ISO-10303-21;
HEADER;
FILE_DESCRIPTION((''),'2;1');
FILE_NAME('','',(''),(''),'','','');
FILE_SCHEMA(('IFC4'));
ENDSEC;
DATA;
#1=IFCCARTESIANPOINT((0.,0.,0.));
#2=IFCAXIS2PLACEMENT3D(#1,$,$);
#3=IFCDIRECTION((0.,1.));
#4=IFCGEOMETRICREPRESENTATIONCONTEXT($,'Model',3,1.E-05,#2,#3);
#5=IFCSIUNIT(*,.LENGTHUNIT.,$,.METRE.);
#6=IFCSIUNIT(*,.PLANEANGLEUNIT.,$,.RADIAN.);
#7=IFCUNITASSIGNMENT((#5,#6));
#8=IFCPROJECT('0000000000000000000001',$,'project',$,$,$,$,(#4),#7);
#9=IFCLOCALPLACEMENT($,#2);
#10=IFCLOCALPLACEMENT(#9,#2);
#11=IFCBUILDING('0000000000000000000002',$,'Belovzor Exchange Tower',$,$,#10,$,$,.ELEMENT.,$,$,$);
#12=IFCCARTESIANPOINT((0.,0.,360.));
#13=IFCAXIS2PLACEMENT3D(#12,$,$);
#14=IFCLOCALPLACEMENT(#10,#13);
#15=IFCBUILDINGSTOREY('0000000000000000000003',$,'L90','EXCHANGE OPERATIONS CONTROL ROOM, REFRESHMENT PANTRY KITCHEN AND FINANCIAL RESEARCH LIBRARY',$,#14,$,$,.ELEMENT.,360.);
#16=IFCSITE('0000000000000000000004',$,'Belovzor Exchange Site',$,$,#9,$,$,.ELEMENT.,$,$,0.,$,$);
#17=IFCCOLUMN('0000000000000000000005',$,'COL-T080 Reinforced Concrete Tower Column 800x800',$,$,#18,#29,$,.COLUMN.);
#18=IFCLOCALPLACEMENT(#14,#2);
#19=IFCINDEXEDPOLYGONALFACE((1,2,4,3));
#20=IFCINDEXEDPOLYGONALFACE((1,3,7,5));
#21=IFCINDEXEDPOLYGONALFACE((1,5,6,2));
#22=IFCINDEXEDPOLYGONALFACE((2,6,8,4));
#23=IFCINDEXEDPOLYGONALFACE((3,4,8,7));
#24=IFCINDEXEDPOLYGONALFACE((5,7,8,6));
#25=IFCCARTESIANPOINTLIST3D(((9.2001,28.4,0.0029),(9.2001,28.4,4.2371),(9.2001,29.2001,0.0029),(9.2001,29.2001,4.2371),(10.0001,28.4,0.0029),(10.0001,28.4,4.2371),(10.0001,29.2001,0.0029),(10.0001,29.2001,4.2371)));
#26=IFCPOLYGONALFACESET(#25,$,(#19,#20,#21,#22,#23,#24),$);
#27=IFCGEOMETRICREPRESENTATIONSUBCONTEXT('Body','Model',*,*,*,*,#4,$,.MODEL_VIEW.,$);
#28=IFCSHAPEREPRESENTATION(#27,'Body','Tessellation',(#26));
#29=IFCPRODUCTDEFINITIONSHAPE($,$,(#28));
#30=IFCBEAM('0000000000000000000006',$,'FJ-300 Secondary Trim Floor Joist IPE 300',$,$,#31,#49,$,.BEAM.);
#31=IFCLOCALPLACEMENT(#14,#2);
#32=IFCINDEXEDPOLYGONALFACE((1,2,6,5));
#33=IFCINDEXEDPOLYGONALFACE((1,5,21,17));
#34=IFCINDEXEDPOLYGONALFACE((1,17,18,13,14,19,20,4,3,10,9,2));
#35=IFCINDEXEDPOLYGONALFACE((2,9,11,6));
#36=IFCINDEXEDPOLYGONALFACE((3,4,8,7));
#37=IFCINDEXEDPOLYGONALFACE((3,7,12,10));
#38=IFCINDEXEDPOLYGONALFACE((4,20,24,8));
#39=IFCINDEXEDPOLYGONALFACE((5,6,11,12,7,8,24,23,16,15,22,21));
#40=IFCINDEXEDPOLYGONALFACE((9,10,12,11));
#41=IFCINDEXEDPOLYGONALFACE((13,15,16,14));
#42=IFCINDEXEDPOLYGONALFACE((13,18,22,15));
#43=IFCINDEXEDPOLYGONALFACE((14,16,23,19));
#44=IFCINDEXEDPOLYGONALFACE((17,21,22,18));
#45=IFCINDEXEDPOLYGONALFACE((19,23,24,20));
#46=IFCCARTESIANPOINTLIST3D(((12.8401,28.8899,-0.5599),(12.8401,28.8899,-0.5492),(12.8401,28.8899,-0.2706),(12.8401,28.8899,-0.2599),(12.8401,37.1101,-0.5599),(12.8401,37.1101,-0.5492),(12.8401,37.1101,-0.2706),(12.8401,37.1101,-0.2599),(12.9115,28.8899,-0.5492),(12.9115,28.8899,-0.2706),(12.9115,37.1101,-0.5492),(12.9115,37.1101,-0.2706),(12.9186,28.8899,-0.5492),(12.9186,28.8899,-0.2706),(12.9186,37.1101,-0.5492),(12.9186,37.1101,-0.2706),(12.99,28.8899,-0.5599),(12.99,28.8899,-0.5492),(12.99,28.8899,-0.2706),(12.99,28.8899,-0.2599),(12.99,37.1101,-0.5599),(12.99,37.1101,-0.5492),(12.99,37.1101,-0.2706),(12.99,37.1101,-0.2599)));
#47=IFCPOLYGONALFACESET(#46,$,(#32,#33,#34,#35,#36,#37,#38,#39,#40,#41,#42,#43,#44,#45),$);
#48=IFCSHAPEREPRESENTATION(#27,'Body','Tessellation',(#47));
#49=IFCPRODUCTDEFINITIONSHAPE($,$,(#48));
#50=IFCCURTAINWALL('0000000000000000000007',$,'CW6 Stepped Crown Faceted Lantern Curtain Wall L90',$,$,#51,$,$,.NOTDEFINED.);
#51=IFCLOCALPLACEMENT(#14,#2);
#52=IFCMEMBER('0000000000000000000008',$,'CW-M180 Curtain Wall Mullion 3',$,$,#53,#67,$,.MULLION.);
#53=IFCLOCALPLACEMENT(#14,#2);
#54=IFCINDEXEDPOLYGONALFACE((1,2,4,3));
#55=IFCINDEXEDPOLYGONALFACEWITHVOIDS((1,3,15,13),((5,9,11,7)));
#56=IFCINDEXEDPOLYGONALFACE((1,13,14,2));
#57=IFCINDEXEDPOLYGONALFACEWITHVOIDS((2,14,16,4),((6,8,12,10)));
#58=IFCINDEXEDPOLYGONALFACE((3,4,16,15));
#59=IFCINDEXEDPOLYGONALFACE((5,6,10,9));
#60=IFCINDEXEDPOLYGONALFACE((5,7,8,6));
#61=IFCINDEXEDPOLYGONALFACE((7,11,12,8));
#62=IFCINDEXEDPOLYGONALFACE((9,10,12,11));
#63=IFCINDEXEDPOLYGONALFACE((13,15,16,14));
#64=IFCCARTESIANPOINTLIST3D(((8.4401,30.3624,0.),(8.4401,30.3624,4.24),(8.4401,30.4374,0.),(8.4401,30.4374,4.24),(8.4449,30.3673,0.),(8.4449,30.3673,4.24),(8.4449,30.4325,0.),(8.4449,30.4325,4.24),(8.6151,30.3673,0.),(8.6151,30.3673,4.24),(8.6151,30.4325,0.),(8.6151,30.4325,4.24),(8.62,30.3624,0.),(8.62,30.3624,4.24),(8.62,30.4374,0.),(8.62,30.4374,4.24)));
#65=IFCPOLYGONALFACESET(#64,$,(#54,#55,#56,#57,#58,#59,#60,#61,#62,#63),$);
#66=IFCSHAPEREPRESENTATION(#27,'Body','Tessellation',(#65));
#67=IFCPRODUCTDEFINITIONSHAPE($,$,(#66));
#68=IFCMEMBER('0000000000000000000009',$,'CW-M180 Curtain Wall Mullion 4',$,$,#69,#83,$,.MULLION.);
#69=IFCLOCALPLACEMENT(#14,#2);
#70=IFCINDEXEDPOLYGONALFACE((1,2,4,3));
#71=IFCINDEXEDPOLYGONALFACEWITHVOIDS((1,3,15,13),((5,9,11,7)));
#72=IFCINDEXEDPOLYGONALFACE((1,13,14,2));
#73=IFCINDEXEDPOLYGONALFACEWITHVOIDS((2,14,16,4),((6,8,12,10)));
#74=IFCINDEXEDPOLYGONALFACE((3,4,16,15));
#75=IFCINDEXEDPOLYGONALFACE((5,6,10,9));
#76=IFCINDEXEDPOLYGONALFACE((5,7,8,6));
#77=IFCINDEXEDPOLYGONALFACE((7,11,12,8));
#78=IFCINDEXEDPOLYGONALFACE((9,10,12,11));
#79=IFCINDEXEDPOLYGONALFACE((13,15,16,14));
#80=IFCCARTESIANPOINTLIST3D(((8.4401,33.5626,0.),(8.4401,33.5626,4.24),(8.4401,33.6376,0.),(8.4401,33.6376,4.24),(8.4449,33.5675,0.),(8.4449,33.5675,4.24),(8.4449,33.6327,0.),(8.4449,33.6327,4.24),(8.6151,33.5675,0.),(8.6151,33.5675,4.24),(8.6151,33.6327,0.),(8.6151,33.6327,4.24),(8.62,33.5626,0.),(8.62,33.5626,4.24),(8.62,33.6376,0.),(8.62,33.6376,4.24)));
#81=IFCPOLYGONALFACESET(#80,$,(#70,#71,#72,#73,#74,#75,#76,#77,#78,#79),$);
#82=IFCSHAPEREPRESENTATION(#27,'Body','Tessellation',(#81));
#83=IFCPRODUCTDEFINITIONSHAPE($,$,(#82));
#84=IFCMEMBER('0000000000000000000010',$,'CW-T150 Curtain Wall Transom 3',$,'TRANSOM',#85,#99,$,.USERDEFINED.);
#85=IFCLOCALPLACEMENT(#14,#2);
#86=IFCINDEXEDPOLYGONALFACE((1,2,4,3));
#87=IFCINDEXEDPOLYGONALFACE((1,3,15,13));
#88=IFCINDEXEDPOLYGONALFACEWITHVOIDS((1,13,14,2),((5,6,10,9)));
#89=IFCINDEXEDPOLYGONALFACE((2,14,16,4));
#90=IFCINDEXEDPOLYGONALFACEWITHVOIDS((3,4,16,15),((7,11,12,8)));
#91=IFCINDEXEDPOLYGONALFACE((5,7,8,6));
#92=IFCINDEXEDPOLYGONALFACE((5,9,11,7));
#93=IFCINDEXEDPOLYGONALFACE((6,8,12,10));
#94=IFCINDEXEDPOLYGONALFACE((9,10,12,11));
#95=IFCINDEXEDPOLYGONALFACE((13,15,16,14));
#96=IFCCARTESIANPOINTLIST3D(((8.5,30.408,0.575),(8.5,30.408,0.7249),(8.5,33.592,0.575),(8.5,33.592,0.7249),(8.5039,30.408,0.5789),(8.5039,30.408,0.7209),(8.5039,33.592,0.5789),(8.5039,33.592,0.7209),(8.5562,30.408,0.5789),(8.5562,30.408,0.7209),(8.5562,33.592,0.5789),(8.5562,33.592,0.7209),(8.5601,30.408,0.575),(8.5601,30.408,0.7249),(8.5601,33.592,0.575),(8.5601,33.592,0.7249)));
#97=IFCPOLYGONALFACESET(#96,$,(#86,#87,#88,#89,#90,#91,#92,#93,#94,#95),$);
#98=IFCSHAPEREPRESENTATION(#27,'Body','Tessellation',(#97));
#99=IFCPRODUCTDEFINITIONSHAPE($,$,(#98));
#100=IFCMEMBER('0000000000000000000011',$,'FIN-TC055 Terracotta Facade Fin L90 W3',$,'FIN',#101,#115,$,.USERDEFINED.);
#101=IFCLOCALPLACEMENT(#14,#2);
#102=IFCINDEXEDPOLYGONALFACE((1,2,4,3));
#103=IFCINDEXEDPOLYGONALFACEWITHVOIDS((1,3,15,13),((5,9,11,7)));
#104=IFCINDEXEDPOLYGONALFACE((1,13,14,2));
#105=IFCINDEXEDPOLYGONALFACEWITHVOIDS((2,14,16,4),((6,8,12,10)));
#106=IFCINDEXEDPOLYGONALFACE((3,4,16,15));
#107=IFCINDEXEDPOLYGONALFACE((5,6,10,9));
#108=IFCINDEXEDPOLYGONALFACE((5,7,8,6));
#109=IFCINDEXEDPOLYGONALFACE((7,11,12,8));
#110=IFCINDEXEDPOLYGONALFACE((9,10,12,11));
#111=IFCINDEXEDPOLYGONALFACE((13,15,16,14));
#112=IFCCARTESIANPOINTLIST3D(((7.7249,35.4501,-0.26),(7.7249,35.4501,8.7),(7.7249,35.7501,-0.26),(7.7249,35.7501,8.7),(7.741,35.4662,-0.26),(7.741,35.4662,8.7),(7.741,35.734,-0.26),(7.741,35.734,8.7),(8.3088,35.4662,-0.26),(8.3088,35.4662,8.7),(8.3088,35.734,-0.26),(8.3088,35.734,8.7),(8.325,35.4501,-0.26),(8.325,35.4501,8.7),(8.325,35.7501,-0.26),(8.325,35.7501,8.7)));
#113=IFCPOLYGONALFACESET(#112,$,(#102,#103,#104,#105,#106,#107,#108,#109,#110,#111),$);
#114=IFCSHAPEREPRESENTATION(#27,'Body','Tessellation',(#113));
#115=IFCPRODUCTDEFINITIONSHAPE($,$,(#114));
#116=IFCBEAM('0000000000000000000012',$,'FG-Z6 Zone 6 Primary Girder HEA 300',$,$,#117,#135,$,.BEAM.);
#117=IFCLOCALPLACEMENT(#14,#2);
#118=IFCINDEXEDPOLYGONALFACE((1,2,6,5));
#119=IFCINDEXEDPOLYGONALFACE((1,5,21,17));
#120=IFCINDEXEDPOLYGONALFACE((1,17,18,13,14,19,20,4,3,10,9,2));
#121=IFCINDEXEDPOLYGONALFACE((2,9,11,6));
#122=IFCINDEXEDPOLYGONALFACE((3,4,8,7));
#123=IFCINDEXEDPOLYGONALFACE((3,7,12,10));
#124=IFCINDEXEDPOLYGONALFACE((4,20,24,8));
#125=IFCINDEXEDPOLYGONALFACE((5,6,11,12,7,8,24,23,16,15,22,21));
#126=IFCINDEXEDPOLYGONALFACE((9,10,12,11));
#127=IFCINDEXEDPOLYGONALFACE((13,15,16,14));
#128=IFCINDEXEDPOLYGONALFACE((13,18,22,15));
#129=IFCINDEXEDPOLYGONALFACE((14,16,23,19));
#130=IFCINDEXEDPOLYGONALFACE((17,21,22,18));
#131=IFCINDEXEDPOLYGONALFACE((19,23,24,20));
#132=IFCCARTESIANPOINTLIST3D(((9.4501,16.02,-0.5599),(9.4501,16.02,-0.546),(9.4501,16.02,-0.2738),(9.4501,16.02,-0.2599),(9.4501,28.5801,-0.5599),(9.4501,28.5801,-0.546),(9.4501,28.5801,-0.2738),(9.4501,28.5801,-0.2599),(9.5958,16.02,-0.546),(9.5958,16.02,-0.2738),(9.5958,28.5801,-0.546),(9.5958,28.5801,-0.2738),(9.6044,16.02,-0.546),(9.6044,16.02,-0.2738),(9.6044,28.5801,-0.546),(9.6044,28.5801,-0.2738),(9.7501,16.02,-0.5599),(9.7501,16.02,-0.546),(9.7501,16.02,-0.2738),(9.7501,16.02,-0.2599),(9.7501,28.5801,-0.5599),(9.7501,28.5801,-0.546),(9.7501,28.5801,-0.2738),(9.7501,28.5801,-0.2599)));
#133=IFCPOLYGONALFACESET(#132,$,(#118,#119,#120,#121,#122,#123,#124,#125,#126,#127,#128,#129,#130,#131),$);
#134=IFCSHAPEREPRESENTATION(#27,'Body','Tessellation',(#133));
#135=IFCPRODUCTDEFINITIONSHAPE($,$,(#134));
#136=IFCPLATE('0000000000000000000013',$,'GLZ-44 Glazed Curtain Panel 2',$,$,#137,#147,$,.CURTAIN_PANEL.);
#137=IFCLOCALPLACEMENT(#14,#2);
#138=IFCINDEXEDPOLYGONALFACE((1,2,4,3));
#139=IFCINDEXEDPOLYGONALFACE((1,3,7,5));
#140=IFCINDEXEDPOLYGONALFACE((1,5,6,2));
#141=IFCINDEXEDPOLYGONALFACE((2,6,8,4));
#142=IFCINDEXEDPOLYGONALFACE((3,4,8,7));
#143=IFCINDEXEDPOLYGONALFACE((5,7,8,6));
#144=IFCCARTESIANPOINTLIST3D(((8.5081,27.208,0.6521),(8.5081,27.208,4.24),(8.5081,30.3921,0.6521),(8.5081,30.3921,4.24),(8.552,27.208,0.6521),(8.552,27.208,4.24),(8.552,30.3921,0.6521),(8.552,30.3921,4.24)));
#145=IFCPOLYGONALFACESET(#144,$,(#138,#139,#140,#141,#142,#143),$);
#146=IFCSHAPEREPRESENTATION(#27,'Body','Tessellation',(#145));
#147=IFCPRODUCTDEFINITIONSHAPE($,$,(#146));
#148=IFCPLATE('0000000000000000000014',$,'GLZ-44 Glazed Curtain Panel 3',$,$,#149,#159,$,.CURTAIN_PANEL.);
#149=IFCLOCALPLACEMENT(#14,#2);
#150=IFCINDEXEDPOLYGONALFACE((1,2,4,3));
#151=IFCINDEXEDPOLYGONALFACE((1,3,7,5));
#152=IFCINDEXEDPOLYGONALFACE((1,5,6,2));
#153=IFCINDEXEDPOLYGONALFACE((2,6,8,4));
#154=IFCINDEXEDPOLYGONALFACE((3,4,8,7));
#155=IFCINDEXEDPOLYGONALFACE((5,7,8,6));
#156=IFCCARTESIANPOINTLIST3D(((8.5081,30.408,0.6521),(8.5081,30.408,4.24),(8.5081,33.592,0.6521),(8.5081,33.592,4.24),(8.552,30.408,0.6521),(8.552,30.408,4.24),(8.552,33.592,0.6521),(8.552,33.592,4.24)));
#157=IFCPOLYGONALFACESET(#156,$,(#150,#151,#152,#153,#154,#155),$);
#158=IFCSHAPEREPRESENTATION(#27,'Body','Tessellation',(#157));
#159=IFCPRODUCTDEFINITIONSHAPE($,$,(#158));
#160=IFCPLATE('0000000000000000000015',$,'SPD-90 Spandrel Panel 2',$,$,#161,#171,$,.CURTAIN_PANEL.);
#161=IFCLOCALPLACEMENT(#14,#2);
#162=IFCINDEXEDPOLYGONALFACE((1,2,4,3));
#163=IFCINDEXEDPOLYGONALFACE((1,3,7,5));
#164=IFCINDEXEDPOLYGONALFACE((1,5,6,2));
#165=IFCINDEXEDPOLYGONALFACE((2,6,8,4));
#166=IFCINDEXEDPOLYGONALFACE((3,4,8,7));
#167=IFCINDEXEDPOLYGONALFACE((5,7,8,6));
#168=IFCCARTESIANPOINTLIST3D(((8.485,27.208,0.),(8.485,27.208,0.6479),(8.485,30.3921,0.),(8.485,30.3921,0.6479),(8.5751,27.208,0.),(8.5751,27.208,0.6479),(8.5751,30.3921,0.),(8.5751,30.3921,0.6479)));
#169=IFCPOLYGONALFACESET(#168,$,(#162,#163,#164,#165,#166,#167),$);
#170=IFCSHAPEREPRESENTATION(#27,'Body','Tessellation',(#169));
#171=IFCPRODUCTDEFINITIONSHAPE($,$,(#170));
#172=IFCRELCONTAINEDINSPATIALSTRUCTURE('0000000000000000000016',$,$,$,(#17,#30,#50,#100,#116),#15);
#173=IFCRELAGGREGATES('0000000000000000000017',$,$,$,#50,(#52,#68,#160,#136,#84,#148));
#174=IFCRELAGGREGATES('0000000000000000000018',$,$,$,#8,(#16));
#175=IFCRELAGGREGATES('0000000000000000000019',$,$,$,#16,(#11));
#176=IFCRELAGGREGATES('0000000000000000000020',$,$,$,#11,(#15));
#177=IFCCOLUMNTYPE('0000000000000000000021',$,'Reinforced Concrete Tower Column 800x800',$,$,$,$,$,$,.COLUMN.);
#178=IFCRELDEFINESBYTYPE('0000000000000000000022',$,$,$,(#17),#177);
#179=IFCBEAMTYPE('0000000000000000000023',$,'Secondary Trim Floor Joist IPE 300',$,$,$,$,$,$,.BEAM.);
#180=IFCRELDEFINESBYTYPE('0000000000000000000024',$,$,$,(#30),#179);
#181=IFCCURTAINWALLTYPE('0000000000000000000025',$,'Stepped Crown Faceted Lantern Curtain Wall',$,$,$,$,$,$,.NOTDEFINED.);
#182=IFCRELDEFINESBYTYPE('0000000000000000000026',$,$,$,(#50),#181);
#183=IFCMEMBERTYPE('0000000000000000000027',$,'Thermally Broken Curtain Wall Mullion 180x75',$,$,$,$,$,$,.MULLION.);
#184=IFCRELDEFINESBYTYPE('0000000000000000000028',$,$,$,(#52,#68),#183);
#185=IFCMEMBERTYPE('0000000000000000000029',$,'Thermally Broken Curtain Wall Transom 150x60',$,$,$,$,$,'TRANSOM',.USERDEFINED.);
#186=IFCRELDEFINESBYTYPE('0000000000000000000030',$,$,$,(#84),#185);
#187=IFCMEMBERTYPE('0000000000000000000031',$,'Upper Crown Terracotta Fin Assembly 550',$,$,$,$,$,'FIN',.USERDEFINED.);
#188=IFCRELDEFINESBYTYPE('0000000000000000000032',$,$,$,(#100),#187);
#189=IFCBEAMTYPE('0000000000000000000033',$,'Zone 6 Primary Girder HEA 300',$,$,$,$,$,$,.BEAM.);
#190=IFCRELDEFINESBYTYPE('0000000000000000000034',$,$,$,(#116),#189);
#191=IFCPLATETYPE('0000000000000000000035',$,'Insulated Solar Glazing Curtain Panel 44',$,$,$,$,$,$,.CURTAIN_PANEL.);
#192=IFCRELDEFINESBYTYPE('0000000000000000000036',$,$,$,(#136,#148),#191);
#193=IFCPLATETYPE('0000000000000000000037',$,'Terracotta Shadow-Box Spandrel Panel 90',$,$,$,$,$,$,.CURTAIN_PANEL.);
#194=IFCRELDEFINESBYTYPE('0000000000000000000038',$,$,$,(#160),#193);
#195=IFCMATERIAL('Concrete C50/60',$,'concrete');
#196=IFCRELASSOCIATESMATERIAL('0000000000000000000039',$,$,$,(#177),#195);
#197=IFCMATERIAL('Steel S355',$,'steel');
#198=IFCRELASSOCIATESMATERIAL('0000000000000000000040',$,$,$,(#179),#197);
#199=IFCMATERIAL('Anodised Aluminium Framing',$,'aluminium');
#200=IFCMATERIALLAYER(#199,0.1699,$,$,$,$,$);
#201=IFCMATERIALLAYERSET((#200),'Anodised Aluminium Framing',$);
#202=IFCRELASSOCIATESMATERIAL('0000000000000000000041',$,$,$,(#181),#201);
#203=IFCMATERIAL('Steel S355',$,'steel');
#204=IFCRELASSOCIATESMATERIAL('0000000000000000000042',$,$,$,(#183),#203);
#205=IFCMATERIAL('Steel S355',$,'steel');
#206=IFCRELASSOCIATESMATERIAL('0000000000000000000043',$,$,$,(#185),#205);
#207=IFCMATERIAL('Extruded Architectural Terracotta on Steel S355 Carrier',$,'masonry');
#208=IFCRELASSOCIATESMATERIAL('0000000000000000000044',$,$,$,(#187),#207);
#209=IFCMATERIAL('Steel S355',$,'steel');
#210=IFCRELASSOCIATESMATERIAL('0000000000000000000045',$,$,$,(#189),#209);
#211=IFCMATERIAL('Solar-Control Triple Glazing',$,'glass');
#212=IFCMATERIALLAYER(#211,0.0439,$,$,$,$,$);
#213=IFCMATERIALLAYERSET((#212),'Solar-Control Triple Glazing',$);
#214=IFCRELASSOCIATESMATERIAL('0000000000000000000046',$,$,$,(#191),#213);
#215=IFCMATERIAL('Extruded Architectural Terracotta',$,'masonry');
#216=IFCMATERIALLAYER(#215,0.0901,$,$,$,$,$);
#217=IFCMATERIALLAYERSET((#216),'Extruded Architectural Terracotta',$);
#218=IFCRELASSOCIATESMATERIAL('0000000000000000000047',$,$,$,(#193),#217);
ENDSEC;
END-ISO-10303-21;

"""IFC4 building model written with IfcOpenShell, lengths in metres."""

from ifc_helpers import new_model, si_unit, direction, frame, origin, origin_2d, place, context, subcontext, project, spatial, rectangle, hollow_rectangle, i_section, extrude, material, layer, layer_set, material_profile, profile_set, type_object, element, aggregate, save


model = new_model("IFC4")

# Units and contexts
model_context = context("Model", 3, precision=1e-05, world=origin(), true_north=direction((0.0, 1.0)))
body_context = subcontext(model_context, "Body", "Model", "MODEL_VIEW")
ifc_project = project(units=[si_unit("LENGTHUNIT", "METRE"), si_unit("PLANEANGLEUNIT", "RADIAN")], contexts=[model_context])

# Site, building, storey
site_placement = place(None, origin())
site = spatial("IfcSite", under=ifc_project, at=site_placement, Name="Belovzor Exchange Site", CompositionType="ELEMENT", RefElevation=0.0)
building_placement = place(site_placement, origin())
building = spatial("IfcBuilding", under=site, at=building_placement, Name="Belovzor Exchange Tower", CompositionType="ELEMENT")
storey_placement = place(building_placement, frame((0.0, 0.0, 360.0)))
storey = spatial("IfcBuildingStorey", under=building, at=storey_placement, Name="L90", Description="EXCHANGE OPERATIONS CONTROL ROOM, REFRESHMENT PANTRY KITCHEN AND FINANCIAL RESEARCH LIBRARY", CompositionType="ELEMENT", Elevation=360.0)

# Column
ifc_material_1 = material(Name="Concrete C50/60", Category="concrete")
ifc_material_profile_1 = material_profile(ifc_material_1, rectangle(XDim=0.8, YDim=0.8, at=origin_2d()))
ifc_profile_set_1 = profile_set([ifc_material_profile_1], Name="Concrete C50/60")
column_type = type_object("IfcColumnType", Name="Reinforced Concrete Tower Column 800x800", PredefinedType="COLUMN", material=ifc_profile_set_1)
column_placement = place(storey_placement, frame((9.6001, 28.8, 0.0029), z_axis=(0.0, 0.0, 1.0), x_axis=(1.0, 0.0, 0.0)))
element("IfcColumn", 1, at=column_placement, inside=storey, type_object=column_type, Name="COL-T080 Reinforced Concrete Tower Column 800x800", PredefinedType="COLUMN", context=body_context, shape_type="SweptSolid", body=[
    extrude(rectangle(XDim=0.8, YDim=0.8, at=origin_2d()), origin(), (0.0, 0.0, 1.0), 4.2341),
])

# Beam
ifc_material_2 = material(Name="Steel S355", Category="steel")
ifc_material_profile_2 = material_profile(ifc_material_2, i_section(OverallWidth=0.1499, OverallDepth=0.3, WebThickness=0.0071, FlangeThickness=0.0107, at=origin_2d()))
ifc_profile_set_2 = profile_set([ifc_material_profile_2], Name="Steel S355")
beam_type_1 = type_object("IfcBeamType", Name="Secondary Trim Floor Joist IPE 300", PredefinedType="BEAM", material=ifc_profile_set_2)
beam_1_placement = place(storey_placement, frame((12.915, 28.8899, -0.4099), z_axis=(0.0, 1.0, 0.0), x_axis=(-1.0, 0.0, 0.0)))
element("IfcBeam", 2, at=beam_1_placement, inside=storey, type_object=beam_type_1, Name="FJ-300 Secondary Trim Floor Joist IPE 300", PredefinedType="BEAM", context=body_context, shape_type="SweptSolid", body=[
    extrude(i_section(OverallWidth=0.1499, OverallDepth=0.3, WebThickness=0.0071, FlangeThickness=0.0107, at=origin_2d()), origin(), (0.0, 0.0, 1.0), 8.2202),
])

# Curtain wall, members
ifc_material_3 = material(Name="Anodised Aluminium Framing", Category="aluminium")
ifc_layer_1 = layer(ifc_material_3, 0.1699)
ifc_layer_set_1 = layer_set([ifc_layer_1], Name="Anodised Aluminium Framing")
curtain_wall_type = type_object("IfcCurtainWallType", Name="Stepped Crown Faceted Lantern Curtain Wall", PredefinedType="NOTDEFINED", material=ifc_layer_set_1)
curtain_wall_placement = place(storey_placement, origin())
curtain_wall = element("IfcCurtainWall", 3, at=curtain_wall_placement, inside=storey, type_object=curtain_wall_type, Name="CW6 Stepped Crown Faceted Lantern Curtain Wall L90", PredefinedType="NOTDEFINED")
ifc_material_4 = material(Name="Steel S355", Category="steel")
ifc_material_profile_3 = material_profile(ifc_material_4, hollow_rectangle(XDim=0.075, YDim=0.1799, WallThickness=0.0049, at=origin_2d()))
ifc_profile_set_3 = profile_set([ifc_material_profile_3], Name="Steel S355")
member_type_1 = type_object("IfcMemberType", Name="Thermally Broken Curtain Wall Mullion 180x75", PredefinedType="MULLION", material=ifc_profile_set_3)
member_1_placement = place(storey_placement, frame((8.53, 30.3999, 0.0), z_axis=(0.0, 0.0, 1.0), x_axis=(0.0, 1.0, 0.0)))
member_1 = element("IfcMember", 4, at=member_1_placement, type_object=member_type_1, Name="CW-M180 Curtain Wall Mullion 3", PredefinedType="MULLION", context=body_context, shape_type="SweptSolid", body=[
    extrude(hollow_rectangle(XDim=0.075, YDim=0.1799, WallThickness=0.0049, at=origin_2d()), origin(), (0.0, 0.0, 1.0), 4.24),
])
member_2_placement = place(storey_placement, frame((8.53, 33.6001, 0.0), z_axis=(0.0, 0.0, 1.0), x_axis=(0.0, 1.0, 0.0)))
member_2 = element("IfcMember", 5, at=member_2_placement, type_object=member_type_1, Name="CW-M180 Curtain Wall Mullion 4", PredefinedType="MULLION", context=body_context, shape_type="SweptSolid", body=[
    extrude(hollow_rectangle(XDim=0.075, YDim=0.1799, WallThickness=0.0049, at=origin_2d()), origin(), (0.0, 0.0, 1.0), 4.24),
])
ifc_material_5 = material(Name="Steel S355", Category="steel")
ifc_material_profile_4 = material_profile(ifc_material_5, hollow_rectangle(XDim=0.0601, YDim=0.1499, WallThickness=0.0039, at=origin_2d()))
ifc_profile_set_4 = profile_set([ifc_material_profile_4], Name="Steel S355")
member_type_2 = type_object("IfcMemberType", Name="Thermally Broken Curtain Wall Transom 150x60", ElementType="TRANSOM", PredefinedType="USERDEFINED", material=ifc_profile_set_4)
member_3_placement = place(storey_placement, frame((8.53, 30.408, 0.6499), z_axis=(0.0, 1.0, 0.0), x_axis=(-1.0, 0.0, 0.0)))
member_3 = element("IfcMember", 6, at=member_3_placement, type_object=member_type_2, Name="CW-T150 Curtain Wall Transom 3", ObjectType="TRANSOM", PredefinedType="USERDEFINED", context=body_context, shape_type="SweptSolid", body=[
    extrude(hollow_rectangle(XDim=0.0601, YDim=0.1499, WallThickness=0.0039, at=origin_2d()), origin(), (0.0, 0.0, 1.0), 3.1841),
])

# Member
ifc_material_6 = material(Name="Extruded Architectural Terracotta on Steel S355 Carrier", Category="masonry")
ifc_material_profile_5 = material_profile(ifc_material_6, hollow_rectangle(XDim=0.3, YDim=0.6001, WallThickness=0.0161, at=origin_2d()))
ifc_profile_set_5 = profile_set([ifc_material_profile_5], Name="Extruded Architectural Terracotta on Steel S355 Carrier")
member_type_3 = type_object("IfcMemberType", Name="Upper Crown Terracotta Fin Assembly 550", ElementType="FIN", PredefinedType="USERDEFINED", material=ifc_profile_set_5)
member_4_placement = place(storey_placement, frame((8.0249, 35.6001, -0.26), z_axis=(0.0, 0.0, 1.0), x_axis=(0.0, 1.0, 0.0)))
element("IfcMember", 7, at=member_4_placement, inside=storey, type_object=member_type_3, Name="FIN-TC055 Terracotta Facade Fin L90 W3", ObjectType="FIN", PredefinedType="USERDEFINED", context=body_context, shape_type="SweptSolid", body=[
    extrude(hollow_rectangle(XDim=0.3, YDim=0.6001, WallThickness=0.0161, at=origin_2d()), origin(), (0.0, 0.0, 1.0), 8.96),
])

# Beam
ifc_material_7 = material(Name="Steel S355", Category="steel")
ifc_material_profile_6 = material_profile(ifc_material_7, i_section(OverallWidth=0.3, OverallDepth=0.3, WebThickness=0.0085, FlangeThickness=0.0139, at=origin_2d()))
ifc_profile_set_6 = profile_set([ifc_material_profile_6], Name="Steel S355")
beam_type_2 = type_object("IfcBeamType", Name="Zone 6 Primary Girder HEA 300", PredefinedType="BEAM", material=ifc_profile_set_6)
beam_2_placement = place(storey_placement, frame((9.6001, 28.5801, -0.4099), z_axis=(0.0, -1.0, 0.0), x_axis=(1.0, 0.0, 0.0)))
element("IfcBeam", 8, at=beam_2_placement, inside=storey, type_object=beam_type_2, Name="FG-Z6 Zone 6 Primary Girder HEA 300", PredefinedType="BEAM", context=body_context, shape_type="SweptSolid", body=[
    extrude(i_section(OverallWidth=0.3, OverallDepth=0.3, WebThickness=0.0085, FlangeThickness=0.0139, at=origin_2d()), origin(), (0.0, 0.0, 1.0), 12.5601),
])

# Plates
ifc_material_8 = material(Name="Solar-Control Triple Glazing", Category="glass")
ifc_layer_2 = layer(ifc_material_8, 0.0439)
ifc_layer_set_2 = layer_set([ifc_layer_2], Name="Solar-Control Triple Glazing")
plate_type_1 = type_object("IfcPlateType", Name="Insulated Solar Glazing Curtain Panel 44", PredefinedType="CURTAIN_PANEL", material=ifc_layer_set_2)
plate_1_placement = place(storey_placement, frame((8.53, 28.8, 0.6521), z_axis=(0.0, 0.0, 1.0), x_axis=(0.0, 1.0, 0.0)))
plate_1 = element("IfcPlate", 9, at=plate_1_placement, type_object=plate_type_1, Name="GLZ-44 Glazed Curtain Panel 2", PredefinedType="CURTAIN_PANEL", context=body_context, shape_type="SweptSolid", body=[
    extrude(rectangle(XDim=3.1841, YDim=0.0439, at=origin_2d()), origin(), (0.0, 0.0, 1.0), 3.5879),
])
plate_2_placement = place(storey_placement, frame((8.53, 32.0, 0.6521), z_axis=(0.0, 0.0, 1.0), x_axis=(0.0, 1.0, 0.0)))
plate_2 = element("IfcPlate", 10, at=plate_2_placement, type_object=plate_type_1, Name="GLZ-44 Glazed Curtain Panel 3", PredefinedType="CURTAIN_PANEL", context=body_context, shape_type="SweptSolid", body=[
    extrude(rectangle(XDim=3.1841, YDim=0.0439, at=origin_2d()), origin(), (0.0, 0.0, 1.0), 3.5879),
])
ifc_material_9 = material(Name="Extruded Architectural Terracotta", Category="masonry")
ifc_layer_3 = layer(ifc_material_9, 0.0901)
ifc_layer_set_3 = layer_set([ifc_layer_3], Name="Extruded Architectural Terracotta")
plate_type_2 = type_object("IfcPlateType", Name="Terracotta Shadow-Box Spandrel Panel 90", PredefinedType="CURTAIN_PANEL", material=ifc_layer_set_3)
plate_3_placement = place(storey_placement, frame((8.53, 28.8, 0.0), z_axis=(0.0, 0.0, 1.0), x_axis=(0.0, 1.0, 0.0)))
plate_3 = element("IfcPlate", 11, at=plate_3_placement, type_object=plate_type_2, Name="SPD-90 Spandrel Panel 2", PredefinedType="CURTAIN_PANEL", context=body_context, shape_type="SweptSolid", body=[
    extrude(rectangle(XDim=3.1841, YDim=0.0901, at=origin_2d()), origin(), (0.0, 0.0, 1.0), 0.6479),
])
aggregate(curtain_wall, [member_1, member_2, plate_3, plate_1, member_3, plate_2])

save(model, "model.ifc")
